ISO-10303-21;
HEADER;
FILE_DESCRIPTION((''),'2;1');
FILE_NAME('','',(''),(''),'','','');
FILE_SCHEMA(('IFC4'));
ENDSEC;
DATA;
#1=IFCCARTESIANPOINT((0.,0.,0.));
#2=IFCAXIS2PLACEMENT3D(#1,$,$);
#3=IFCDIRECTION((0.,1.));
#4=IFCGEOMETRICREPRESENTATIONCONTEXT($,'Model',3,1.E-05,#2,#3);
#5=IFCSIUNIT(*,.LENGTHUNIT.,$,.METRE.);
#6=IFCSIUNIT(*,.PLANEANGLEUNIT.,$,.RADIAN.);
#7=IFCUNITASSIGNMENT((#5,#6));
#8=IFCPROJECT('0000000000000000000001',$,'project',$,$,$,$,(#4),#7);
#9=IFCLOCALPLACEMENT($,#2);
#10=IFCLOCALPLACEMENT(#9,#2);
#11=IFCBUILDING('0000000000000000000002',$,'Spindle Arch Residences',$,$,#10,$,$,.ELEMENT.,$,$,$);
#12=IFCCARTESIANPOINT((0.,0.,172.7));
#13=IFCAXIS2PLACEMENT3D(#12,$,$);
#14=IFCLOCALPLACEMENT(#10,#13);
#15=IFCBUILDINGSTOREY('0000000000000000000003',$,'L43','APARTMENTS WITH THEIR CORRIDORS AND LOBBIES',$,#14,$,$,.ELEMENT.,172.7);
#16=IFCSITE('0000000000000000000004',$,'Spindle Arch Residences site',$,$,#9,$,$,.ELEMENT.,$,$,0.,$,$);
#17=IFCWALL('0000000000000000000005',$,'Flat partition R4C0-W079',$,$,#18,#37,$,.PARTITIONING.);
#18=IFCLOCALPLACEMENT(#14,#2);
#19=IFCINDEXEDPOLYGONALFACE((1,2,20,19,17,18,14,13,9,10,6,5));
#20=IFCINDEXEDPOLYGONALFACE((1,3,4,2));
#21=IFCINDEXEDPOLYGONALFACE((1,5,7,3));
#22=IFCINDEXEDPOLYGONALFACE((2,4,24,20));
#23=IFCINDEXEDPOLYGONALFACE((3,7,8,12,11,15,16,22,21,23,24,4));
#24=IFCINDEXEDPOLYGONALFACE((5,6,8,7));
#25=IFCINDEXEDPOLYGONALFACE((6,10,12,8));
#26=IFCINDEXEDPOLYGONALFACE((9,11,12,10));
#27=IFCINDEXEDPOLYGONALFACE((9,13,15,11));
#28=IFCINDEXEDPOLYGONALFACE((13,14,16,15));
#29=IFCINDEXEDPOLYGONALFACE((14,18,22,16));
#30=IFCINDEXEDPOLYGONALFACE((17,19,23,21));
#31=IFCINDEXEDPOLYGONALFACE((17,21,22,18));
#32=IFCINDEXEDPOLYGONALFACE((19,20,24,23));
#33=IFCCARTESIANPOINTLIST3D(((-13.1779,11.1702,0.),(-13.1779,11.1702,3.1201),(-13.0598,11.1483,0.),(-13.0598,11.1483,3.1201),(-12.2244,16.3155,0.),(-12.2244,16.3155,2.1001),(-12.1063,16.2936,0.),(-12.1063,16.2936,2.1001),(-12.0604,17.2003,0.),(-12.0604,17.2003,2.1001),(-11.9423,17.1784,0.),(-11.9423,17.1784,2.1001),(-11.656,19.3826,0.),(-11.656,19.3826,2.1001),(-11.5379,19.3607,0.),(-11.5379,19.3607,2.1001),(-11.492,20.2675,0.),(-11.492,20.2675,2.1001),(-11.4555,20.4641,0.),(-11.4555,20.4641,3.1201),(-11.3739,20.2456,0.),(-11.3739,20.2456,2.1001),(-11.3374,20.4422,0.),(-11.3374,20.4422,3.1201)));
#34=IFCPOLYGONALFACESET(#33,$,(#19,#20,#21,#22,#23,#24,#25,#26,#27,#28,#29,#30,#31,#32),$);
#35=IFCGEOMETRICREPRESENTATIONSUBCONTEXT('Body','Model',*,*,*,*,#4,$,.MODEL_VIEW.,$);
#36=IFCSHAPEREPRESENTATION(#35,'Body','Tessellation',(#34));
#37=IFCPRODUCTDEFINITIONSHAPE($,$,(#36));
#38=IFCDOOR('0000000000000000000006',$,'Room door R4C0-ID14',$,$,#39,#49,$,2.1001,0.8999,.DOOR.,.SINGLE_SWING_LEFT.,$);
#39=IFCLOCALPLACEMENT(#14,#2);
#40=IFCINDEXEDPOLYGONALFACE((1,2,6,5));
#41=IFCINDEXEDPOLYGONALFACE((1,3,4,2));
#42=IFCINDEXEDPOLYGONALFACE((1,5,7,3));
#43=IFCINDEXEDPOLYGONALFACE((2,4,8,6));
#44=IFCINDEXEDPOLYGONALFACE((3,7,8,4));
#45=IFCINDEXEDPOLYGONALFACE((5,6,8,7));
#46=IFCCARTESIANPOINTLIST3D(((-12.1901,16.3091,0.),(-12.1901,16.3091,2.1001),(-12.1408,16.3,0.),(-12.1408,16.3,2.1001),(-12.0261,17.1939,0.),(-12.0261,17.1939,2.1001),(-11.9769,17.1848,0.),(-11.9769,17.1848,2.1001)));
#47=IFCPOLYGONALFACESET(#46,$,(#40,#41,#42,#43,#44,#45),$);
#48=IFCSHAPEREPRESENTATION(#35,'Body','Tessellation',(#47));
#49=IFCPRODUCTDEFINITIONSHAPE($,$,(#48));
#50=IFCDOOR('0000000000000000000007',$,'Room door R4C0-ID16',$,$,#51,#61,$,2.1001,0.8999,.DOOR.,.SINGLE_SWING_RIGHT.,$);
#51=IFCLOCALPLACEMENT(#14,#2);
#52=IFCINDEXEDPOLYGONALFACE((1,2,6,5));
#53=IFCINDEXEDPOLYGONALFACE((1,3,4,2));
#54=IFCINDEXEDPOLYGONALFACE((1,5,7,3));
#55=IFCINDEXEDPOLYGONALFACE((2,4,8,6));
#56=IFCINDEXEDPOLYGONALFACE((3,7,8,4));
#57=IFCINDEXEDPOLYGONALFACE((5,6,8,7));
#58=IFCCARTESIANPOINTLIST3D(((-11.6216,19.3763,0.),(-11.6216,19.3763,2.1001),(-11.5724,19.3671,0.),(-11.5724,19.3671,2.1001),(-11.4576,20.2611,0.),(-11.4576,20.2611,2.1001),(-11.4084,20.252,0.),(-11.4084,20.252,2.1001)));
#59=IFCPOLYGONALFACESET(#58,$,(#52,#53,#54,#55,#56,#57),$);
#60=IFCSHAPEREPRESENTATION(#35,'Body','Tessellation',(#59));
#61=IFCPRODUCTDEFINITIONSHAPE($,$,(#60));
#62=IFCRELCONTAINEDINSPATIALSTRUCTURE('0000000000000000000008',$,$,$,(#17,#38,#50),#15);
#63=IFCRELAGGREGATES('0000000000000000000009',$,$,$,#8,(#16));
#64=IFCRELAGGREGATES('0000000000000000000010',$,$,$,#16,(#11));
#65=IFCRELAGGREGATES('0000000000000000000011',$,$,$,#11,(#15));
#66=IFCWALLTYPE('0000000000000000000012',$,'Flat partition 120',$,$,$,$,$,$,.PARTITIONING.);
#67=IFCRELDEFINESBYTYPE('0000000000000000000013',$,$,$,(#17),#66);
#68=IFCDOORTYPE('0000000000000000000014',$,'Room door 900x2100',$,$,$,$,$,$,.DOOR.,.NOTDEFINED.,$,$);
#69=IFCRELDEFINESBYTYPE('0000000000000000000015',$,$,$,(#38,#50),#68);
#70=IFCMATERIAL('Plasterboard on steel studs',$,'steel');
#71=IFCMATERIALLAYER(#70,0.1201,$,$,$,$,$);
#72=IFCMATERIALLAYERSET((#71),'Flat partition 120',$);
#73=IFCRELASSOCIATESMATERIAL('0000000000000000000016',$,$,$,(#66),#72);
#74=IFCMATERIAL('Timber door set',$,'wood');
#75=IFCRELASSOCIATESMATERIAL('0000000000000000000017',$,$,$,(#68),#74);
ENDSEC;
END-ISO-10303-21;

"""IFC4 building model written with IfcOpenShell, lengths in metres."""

from ifc_helpers import new_model, si_unit, direction, frame, frame_2d, origin, place, context, subcontext, project, spatial, rectangle, extrude, material, layer, layer_set, type_object, element, fill, save


model = new_model("IFC4")

# Units and contexts
model_context = context("Model", 3, precision=1e-05, world=origin(), true_north=direction((0.0, 1.0)))
body_context = subcontext(model_context, "Body", "Model", "MODEL_VIEW")
ifc_project = project(units=[si_unit("LENGTHUNIT", "METRE"), si_unit("PLANEANGLEUNIT", "RADIAN")], contexts=[model_context])

# Site, building, storey
site_placement = place(None, origin())
site = spatial("IfcSite", under=ifc_project, at=site_placement, Name="Spindle Arch Residences site", CompositionType="ELEMENT", RefElevation=0.0)
building_placement = place(site_placement, origin())
building = spatial("IfcBuilding", under=site, at=building_placement, Name="Spindle Arch Residences", CompositionType="ELEMENT")
storey_placement = place(building_placement, frame((0.0, 0.0, 172.7)))
storey = spatial("IfcBuildingStorey", under=building, at=storey_placement, Name="L43", Description="APARTMENTS WITH THEIR CORRIDORS AND LOBBIES", CompositionType="ELEMENT", Elevation=172.7)

# Shared definitions
ifc_material_1 = material(Name="Plasterboard on steel studs", Category="steel")
ifc_layer_1 = layer(ifc_material_1, 0.1201)
ifc_layer_set_1 = layer_set([ifc_layer_1], Name="Flat partition 120")
wall_type_1 = type_object("IfcWallType", Name="Flat partition 120", PredefinedType="PARTITIONING", material=ifc_layer_set_1)

# Shared definitions
ifc_material_2 = material(Name="Timber door set", Category="wood")
door_type_1 = type_object("IfcDoorType", Name="Room door 900x2100", OperationType="NOTDEFINED", PredefinedType="DOOR", material=ifc_material_2)

# Wall, openings, doors
wall_1_placement = place(storey_placement, frame((-11.3965, 20.4531, 0.0), z_axis=(0.0, 0.0, 1.0), x_axis=(-0.182223, -0.983257, 0.0)))
wall_1 = element("IfcWall", 1, at=wall_1_placement, inside=storey, type_object=wall_type_1, Name="Flat partition R4C0-W079", PredefinedType="PARTITIONING", context=body_context, shape_type="SweptSolid", body=[
    extrude(rectangle(XDim=9.4521, YDim=0.1201, at=frame_2d((4.7261, 0.0))), origin(), (0.0, 0.0, 1.0), 3.1201),
])
opening_1_placement = place(wall_1_placement, frame((3.3193, 0.0, 0.0)))
opening_1 = element("IfcOpeningElement", 2, at=opening_1_placement, cuts=wall_1, PredefinedType="OPENING", context=body_context, shape_type="SweptSolid", body=[
    extrude(rectangle(XDim=0.8999, YDim=2.1001, at=frame_2d((0.45, 1.05))), frame((0.0, 0.0701, 0.0), z_axis=(0.0, -1.0, 0.0), x_axis=(1.0, 0.0, 0.0)), (0.0, 0.0, 1.0), 0.1401),
])
opening_2_placement = place(wall_1_placement, frame((0.2, 0.0, 0.0)))
opening_2 = element("IfcOpeningElement", 3, at=opening_2_placement, cuts=wall_1, PredefinedType="OPENING", context=body_context, shape_type="SweptSolid", body=[
    extrude(rectangle(XDim=0.8999, YDim=2.1001, at=frame_2d((0.45, 1.05))), frame((0.0, 0.0701, 0.0), z_axis=(0.0, -1.0, 0.0), x_axis=(1.0, 0.0, 0.0)), (0.0, 0.0, 1.0), 0.1401),
])
door_1_placement = place(opening_1_placement, origin())
door_1 = element("IfcDoor", 4, at=door_1_placement, inside=storey, type_object=door_type_1, Name="Room door R4C0-ID14", OperationType="SINGLE_SWING_LEFT", OverallHeight=2.1001, OverallWidth=0.8999, PredefinedType="DOOR", context=body_context, shape_type="SweptSolid", body=[
    extrude(rectangle(XDim=0.8999, YDim=2.1001, at=frame_2d((0.45, 1.05))), frame((0.0, 0.0249, 0.0), z_axis=(0.0, -1.0, 0.0), x_axis=(1.0, 0.0, 0.0)), (0.0, 0.0, 1.0), 0.05),
])
fill(opening_1, door_1)
door_2_placement = place(opening_2_placement, origin())
door_2 = element("IfcDoor", 5, at=door_2_placement, inside=storey, type_object=door_type_1, Name="Room door R4C0-ID16", OperationType="SINGLE_SWING_RIGHT", OverallHeight=2.1001, OverallWidth=0.8999, PredefinedType="DOOR", context=body_context, shape_type="SweptSolid", body=[
    extrude(rectangle(XDim=0.8999, YDim=2.1001, at=frame_2d((0.45, 1.05))), frame((0.0, 0.0249, 0.0), z_axis=(0.0, -1.0, 0.0), x_axis=(1.0, 0.0, 0.0)), (0.0, 0.0, 1.0), 0.05),
])
fill(opening_2, door_2)

save(model, "model.ifc")
